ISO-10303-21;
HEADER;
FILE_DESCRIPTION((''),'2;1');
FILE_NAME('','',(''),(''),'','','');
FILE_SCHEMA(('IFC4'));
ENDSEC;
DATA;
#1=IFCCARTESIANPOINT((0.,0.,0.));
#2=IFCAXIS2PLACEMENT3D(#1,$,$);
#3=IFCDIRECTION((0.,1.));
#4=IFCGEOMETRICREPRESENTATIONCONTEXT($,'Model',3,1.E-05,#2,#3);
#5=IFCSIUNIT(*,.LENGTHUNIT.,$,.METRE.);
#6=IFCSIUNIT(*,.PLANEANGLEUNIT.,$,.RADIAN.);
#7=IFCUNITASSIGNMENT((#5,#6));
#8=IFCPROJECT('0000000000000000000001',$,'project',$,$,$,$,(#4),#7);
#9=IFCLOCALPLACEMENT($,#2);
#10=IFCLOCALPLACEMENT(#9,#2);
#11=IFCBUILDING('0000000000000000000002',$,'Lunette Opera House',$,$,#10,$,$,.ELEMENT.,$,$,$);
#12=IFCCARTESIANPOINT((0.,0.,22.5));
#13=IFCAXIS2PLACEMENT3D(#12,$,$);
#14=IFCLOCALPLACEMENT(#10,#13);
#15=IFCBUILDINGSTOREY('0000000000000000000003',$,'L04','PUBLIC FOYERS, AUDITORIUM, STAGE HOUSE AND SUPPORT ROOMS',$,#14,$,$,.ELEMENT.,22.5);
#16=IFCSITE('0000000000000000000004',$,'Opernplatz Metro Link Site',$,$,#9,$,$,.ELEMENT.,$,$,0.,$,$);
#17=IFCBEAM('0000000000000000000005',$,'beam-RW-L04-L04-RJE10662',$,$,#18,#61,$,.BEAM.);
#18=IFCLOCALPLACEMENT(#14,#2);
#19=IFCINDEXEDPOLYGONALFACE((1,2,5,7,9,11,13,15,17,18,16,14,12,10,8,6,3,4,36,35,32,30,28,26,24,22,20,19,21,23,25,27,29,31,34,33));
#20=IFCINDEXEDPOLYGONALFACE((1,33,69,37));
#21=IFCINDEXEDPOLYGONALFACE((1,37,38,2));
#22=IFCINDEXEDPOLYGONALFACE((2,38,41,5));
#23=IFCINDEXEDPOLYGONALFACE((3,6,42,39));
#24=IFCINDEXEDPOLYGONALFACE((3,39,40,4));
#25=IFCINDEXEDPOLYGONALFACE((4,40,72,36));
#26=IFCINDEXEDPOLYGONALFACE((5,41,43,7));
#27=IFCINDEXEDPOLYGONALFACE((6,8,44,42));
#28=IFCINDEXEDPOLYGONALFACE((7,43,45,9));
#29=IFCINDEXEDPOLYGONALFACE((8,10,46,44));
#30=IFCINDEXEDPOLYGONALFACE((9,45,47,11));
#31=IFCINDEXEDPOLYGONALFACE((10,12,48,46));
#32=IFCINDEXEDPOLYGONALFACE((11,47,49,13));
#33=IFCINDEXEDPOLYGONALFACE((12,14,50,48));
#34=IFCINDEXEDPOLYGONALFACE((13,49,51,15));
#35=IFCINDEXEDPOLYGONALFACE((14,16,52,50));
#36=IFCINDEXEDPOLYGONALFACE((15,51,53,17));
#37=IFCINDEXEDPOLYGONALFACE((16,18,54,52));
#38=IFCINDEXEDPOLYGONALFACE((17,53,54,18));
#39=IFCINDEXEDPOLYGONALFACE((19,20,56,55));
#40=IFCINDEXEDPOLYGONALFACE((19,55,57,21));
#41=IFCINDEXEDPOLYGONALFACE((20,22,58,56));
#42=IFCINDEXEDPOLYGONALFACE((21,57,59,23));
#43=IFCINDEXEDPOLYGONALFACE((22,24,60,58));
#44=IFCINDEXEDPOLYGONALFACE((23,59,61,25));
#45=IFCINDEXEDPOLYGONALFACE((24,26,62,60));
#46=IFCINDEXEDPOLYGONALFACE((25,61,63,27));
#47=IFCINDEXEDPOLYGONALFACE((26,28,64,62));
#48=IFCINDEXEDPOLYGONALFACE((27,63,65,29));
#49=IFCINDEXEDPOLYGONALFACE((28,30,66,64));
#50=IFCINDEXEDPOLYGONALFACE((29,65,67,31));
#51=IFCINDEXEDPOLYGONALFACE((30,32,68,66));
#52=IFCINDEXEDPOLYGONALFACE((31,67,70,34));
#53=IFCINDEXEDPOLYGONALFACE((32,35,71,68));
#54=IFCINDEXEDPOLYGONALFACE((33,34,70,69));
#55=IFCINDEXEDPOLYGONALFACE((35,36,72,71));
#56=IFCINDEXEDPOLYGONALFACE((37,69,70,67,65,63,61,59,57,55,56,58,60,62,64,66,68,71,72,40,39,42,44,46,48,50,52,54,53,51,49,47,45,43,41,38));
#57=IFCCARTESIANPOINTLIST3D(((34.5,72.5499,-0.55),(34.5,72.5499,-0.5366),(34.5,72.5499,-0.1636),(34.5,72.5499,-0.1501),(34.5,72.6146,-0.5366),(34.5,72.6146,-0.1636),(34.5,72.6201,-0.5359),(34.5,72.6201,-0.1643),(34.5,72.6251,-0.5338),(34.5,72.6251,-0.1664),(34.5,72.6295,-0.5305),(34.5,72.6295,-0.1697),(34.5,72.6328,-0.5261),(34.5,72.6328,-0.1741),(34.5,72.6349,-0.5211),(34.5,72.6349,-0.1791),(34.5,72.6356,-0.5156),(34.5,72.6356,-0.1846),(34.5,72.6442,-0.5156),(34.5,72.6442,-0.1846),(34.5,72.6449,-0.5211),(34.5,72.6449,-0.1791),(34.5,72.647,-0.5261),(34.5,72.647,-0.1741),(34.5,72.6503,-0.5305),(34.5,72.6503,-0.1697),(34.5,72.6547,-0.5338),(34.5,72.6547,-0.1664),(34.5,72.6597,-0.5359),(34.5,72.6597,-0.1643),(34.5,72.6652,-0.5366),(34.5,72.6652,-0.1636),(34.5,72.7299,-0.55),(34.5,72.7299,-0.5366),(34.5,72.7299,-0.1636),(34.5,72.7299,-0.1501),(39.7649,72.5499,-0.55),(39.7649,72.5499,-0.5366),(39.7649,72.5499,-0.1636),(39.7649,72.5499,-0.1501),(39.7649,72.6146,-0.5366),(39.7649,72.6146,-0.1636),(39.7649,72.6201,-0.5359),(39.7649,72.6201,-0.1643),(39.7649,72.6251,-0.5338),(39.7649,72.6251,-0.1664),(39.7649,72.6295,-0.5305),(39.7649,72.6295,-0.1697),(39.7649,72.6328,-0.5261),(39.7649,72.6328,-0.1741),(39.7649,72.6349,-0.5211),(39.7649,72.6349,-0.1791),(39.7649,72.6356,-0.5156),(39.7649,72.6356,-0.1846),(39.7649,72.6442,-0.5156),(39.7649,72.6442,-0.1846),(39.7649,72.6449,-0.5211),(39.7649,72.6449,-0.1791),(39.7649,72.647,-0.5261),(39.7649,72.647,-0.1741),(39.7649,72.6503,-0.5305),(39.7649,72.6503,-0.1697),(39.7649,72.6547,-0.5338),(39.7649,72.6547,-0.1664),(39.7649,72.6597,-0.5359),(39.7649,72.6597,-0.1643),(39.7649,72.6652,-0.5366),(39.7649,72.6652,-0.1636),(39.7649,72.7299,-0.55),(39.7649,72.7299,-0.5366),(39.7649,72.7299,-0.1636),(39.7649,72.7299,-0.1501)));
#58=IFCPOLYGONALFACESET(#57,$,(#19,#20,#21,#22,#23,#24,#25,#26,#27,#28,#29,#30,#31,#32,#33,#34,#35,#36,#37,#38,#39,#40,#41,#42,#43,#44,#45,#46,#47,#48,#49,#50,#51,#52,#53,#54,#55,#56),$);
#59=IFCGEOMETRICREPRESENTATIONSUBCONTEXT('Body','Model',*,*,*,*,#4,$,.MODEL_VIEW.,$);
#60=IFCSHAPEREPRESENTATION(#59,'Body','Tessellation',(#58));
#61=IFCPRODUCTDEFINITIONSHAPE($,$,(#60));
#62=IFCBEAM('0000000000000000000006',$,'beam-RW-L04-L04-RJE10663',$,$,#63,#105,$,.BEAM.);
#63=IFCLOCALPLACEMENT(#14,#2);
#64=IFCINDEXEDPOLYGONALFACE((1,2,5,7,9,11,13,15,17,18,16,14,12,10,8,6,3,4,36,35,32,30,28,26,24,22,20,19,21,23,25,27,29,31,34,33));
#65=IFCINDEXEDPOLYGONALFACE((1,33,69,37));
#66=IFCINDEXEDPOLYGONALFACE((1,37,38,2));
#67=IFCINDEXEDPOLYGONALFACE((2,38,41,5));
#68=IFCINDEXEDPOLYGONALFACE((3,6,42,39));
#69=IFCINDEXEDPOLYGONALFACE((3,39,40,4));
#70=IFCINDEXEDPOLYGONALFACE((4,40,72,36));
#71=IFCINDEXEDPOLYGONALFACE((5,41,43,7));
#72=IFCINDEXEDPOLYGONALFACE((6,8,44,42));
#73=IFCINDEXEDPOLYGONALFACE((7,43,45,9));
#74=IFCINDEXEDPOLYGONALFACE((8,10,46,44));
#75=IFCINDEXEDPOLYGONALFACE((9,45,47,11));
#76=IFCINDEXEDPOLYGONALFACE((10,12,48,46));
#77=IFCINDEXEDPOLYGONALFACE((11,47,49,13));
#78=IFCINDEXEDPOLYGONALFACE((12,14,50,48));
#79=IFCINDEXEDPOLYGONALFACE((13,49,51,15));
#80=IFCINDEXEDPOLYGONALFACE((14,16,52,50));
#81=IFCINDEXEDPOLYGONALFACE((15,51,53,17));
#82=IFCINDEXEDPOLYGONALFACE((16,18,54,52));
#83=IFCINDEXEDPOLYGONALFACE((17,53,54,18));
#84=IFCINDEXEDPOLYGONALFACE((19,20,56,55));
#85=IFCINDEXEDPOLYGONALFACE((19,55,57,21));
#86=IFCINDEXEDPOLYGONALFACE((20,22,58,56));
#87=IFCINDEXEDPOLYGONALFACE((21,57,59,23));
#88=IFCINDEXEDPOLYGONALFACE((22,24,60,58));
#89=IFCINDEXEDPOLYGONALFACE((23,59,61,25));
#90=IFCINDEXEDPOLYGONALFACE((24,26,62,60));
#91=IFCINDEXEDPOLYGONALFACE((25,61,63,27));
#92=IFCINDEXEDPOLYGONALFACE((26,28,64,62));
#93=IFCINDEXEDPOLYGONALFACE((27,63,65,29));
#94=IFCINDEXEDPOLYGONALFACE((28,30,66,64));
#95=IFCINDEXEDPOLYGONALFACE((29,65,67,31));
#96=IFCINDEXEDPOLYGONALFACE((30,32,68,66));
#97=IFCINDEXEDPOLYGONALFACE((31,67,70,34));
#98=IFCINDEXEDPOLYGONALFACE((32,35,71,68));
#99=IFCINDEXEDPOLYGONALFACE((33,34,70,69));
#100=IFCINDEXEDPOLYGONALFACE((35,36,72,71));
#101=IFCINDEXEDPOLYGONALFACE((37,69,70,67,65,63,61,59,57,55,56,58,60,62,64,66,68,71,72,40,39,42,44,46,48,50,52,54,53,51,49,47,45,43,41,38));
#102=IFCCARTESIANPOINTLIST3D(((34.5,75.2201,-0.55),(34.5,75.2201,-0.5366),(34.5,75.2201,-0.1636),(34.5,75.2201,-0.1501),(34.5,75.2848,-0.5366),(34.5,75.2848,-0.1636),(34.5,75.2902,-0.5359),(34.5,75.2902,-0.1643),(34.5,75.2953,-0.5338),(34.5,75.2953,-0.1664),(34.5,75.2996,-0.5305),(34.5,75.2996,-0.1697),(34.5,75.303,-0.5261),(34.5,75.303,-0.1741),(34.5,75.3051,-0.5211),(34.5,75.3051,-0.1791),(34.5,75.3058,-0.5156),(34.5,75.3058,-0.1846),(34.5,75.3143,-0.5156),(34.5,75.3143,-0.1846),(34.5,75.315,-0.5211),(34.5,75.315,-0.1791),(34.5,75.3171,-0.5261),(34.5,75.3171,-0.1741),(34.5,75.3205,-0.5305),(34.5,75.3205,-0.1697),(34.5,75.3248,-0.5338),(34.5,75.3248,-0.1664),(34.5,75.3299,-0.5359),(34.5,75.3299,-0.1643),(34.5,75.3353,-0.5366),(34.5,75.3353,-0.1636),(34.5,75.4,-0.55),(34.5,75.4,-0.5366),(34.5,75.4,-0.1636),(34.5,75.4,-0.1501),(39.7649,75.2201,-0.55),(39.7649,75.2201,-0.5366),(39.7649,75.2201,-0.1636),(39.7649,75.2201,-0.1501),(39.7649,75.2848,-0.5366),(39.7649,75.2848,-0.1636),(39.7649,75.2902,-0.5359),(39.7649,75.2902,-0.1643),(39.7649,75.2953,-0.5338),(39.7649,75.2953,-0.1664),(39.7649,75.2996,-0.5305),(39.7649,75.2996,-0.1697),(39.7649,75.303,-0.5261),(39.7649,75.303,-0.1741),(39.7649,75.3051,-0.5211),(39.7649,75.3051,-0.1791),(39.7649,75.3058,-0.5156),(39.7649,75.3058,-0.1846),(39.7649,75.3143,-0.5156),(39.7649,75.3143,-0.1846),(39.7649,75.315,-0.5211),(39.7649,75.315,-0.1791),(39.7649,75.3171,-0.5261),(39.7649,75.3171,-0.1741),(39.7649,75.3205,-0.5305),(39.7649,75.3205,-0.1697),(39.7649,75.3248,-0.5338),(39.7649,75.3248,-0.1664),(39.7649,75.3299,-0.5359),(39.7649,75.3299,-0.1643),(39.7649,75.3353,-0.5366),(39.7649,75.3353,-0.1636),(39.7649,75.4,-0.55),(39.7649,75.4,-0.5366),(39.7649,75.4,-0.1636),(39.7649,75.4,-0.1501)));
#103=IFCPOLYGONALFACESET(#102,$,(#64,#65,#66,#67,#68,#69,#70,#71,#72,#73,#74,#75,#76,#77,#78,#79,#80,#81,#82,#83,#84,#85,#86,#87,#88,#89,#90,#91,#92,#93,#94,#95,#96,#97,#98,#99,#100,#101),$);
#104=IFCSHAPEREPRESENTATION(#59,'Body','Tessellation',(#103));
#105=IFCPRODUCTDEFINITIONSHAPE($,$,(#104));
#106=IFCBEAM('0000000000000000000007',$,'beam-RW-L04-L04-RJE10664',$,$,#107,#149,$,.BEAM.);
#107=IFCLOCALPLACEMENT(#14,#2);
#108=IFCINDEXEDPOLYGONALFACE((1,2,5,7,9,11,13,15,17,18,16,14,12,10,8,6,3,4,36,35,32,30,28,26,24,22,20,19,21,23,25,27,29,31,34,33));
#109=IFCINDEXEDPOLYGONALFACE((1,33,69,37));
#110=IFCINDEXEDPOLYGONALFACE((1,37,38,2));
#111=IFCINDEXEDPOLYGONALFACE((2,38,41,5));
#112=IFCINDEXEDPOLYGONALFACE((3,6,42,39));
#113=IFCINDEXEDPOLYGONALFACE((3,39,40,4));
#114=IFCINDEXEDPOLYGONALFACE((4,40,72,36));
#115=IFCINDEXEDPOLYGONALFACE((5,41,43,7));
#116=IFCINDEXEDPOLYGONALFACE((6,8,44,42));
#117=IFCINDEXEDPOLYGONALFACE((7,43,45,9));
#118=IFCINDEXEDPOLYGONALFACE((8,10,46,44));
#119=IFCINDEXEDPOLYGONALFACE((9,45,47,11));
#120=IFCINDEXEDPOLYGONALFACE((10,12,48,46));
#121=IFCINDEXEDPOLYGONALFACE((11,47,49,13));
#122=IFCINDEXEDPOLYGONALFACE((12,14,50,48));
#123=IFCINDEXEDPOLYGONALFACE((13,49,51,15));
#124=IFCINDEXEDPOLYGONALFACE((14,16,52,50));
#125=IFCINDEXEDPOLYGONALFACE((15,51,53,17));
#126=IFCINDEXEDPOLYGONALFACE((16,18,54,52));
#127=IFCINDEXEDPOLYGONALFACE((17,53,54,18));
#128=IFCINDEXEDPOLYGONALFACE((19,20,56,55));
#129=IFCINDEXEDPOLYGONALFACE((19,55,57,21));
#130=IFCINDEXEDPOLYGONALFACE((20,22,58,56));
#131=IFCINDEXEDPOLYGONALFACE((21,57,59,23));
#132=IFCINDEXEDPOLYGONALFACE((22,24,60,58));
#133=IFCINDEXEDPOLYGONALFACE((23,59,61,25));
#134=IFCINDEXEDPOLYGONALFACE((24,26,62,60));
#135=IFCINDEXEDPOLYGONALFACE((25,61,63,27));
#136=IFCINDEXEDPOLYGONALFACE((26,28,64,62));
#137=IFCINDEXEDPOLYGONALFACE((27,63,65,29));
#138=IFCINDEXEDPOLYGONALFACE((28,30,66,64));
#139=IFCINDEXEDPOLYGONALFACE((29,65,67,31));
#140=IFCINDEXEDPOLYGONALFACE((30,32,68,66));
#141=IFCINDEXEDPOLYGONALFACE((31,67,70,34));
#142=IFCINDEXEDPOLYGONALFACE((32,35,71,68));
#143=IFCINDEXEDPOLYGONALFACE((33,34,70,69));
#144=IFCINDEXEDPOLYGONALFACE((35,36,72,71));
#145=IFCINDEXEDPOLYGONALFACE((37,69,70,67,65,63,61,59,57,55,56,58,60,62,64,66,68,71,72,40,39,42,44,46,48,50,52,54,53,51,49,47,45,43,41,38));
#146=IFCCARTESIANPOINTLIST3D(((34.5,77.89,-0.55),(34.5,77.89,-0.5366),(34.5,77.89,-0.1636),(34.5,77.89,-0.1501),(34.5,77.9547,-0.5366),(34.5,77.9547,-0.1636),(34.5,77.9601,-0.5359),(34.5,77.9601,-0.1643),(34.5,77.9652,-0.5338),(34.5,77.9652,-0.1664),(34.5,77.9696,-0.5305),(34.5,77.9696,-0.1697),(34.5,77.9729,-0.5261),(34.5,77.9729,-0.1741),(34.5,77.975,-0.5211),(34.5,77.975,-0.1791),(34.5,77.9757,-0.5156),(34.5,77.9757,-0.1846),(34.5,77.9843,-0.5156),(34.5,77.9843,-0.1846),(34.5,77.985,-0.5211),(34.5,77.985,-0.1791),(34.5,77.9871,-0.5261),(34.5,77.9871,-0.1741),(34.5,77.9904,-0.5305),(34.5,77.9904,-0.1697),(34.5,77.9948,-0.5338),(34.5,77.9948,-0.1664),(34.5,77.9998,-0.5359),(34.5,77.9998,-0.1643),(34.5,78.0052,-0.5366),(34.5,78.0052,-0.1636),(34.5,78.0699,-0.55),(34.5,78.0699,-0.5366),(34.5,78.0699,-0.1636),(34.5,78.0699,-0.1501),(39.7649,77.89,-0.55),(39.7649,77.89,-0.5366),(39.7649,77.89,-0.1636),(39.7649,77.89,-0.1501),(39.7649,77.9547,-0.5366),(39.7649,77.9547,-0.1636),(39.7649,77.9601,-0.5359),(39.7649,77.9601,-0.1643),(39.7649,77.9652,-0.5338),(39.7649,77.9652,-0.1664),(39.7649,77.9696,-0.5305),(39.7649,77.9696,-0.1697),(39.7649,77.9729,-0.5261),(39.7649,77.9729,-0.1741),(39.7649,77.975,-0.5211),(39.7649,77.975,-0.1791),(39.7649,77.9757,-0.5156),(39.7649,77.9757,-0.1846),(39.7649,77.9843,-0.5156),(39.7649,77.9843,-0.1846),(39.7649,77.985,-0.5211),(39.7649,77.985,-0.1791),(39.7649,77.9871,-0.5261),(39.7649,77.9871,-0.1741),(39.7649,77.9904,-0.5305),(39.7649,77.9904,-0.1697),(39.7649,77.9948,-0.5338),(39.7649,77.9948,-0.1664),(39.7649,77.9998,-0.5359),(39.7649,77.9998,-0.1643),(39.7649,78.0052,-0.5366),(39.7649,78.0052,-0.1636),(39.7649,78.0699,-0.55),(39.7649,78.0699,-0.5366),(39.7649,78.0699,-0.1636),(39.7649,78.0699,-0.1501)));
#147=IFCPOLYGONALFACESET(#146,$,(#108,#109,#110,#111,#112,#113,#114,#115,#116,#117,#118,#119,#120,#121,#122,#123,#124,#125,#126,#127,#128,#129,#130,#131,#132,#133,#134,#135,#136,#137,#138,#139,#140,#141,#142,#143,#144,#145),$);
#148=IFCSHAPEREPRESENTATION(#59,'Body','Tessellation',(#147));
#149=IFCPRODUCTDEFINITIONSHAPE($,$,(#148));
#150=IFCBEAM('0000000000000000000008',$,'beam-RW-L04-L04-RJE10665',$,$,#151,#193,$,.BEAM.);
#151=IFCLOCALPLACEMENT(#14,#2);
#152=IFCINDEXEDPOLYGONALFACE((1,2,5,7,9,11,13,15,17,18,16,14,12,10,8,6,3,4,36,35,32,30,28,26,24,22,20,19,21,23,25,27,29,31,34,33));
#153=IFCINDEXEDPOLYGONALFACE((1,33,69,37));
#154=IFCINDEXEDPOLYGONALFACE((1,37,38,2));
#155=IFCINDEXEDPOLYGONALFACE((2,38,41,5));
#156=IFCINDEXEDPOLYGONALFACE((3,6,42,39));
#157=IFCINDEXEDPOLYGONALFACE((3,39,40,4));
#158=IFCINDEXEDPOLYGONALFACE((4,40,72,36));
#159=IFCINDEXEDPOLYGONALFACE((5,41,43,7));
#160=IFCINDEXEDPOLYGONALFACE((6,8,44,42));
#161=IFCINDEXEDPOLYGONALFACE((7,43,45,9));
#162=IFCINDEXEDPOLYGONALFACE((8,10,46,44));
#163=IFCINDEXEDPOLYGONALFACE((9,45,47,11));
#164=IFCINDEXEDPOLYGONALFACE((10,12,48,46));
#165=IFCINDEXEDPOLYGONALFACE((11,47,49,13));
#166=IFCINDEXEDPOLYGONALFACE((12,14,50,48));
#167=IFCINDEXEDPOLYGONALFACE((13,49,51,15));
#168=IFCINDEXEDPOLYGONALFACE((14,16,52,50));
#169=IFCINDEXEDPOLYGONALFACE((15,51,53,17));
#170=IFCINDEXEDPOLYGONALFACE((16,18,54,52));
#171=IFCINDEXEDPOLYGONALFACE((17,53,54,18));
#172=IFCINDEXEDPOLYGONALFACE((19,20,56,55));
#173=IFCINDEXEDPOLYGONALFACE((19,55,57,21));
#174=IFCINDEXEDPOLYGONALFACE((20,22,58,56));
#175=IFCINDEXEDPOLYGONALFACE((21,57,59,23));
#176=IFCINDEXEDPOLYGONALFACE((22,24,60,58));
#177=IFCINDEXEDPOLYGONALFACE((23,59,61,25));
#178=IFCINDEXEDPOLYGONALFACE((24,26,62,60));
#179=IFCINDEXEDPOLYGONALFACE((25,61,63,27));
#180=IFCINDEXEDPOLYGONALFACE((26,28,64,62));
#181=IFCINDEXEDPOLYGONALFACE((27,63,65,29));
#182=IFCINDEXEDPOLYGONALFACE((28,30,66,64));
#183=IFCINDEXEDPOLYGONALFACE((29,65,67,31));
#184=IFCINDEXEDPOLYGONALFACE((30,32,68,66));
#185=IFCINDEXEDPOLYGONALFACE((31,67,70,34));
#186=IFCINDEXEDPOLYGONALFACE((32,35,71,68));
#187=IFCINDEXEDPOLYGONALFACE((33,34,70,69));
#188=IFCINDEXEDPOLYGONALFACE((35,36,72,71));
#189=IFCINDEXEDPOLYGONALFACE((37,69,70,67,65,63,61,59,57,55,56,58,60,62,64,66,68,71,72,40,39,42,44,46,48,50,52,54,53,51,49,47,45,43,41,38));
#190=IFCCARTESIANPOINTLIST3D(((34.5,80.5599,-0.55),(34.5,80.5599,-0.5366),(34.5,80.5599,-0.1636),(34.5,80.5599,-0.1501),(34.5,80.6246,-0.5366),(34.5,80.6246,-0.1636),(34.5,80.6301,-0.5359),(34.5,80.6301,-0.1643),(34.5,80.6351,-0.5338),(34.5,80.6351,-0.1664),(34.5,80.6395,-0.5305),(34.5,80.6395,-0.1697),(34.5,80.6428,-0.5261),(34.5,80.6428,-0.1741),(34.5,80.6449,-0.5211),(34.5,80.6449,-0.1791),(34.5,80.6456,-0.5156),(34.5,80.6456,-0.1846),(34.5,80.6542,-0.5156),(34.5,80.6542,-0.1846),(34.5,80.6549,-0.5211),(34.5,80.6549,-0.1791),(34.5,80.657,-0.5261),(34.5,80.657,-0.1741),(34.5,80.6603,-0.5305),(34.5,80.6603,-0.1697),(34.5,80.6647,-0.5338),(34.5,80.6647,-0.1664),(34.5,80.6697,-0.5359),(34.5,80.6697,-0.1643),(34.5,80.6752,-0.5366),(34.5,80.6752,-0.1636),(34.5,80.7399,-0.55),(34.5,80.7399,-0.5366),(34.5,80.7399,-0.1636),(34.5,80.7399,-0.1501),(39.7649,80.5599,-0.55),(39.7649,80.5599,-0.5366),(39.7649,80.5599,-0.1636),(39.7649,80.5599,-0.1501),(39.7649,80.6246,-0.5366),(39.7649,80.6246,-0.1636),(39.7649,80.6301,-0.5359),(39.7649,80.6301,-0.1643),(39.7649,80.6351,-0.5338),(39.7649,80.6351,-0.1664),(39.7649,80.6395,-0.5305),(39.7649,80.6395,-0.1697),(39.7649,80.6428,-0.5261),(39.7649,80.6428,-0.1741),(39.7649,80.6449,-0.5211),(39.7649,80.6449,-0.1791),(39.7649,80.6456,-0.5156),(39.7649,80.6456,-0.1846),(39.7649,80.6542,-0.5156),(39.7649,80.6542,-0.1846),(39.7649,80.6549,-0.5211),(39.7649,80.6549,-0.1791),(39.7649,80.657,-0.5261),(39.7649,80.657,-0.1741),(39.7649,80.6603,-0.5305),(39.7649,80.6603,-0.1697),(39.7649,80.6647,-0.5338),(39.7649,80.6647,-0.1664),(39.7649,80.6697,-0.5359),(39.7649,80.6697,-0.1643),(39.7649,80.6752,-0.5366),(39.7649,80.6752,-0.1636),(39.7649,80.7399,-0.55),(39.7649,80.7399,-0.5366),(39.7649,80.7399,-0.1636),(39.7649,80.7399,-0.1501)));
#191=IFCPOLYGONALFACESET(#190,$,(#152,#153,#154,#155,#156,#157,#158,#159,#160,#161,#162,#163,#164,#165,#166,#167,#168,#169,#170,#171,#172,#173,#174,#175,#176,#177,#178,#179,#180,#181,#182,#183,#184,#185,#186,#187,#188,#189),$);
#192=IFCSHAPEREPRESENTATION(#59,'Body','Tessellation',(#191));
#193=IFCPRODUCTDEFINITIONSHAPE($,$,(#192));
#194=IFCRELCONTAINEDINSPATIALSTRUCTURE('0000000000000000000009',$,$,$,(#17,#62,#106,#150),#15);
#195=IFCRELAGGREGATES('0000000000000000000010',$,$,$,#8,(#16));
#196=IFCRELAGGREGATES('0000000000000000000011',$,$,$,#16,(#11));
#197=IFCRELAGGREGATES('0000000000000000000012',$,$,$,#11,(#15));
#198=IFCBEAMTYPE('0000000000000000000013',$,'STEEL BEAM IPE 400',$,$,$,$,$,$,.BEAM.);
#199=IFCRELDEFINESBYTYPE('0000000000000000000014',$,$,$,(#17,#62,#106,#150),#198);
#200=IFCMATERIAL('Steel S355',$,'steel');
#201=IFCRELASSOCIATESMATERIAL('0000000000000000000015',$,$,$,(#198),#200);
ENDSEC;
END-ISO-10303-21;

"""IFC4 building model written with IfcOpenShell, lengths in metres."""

from ifc_helpers import new_model, si_unit, direction, frame, origin, origin_2d, place, context, subcontext, project, spatial, i_section, extrude, material, material_profile, profile_set, type_object, element, save


model = new_model("IFC4")

# Units and contexts
model_context = context("Model", 3, precision=1e-05, world=origin(), true_north=direction((0.0, 1.0)))
body_context = subcontext(model_context, "Body", "Model", "MODEL_VIEW")
ifc_project = project(units=[si_unit("LENGTHUNIT", "METRE"), si_unit("PLANEANGLEUNIT", "RADIAN")], contexts=[model_context])

# Site, building, storey
site_placement = place(None, origin())
site = spatial("IfcSite", under=ifc_project, at=site_placement, Name="Opernplatz Metro Link Site", CompositionType="ELEMENT", RefElevation=0.0)
building_placement = place(site_placement, origin())
building = spatial("IfcBuilding", under=site, at=building_placement, Name="Lunette Opera House", CompositionType="ELEMENT")
storey_placement = place(building_placement, frame((0.0, 0.0, 22.5)))
storey = spatial("IfcBuildingStorey", under=building, at=storey_placement, Name="L04", Description="PUBLIC FOYERS, AUDITORIUM, STAGE HOUSE AND SUPPORT ROOMS", CompositionType="ELEMENT", Elevation=22.5)

# Beams
ifc_material_1 = material(Name="Steel S355", Category="steel")
ifc_material_profile_1 = material_profile(ifc_material_1, i_section(OverallWidth=0.1799, OverallDepth=0.3999, WebThickness=0.0085, FlangeThickness=0.0134, FilletRadius=0.021, at=origin_2d()), Name="IPE 400")
ifc_profile_set_1 = profile_set([ifc_material_profile_1], Name="Steel S355")
beam_type_1 = type_object("IfcBeamType", Name="STEEL BEAM IPE 400", PredefinedType="BEAM", material=ifc_profile_set_1)
for number, where, z_axis, x_axis, name in (
    (1, (34.5, 72.6399, -0.3501), (1.0, 0.0, 0.0), (0.0, 1.0, 0.0), "beam-RW-L04-L04-RJE10662"),
    (2, (34.5, 75.3101, -0.3501), (1.0, 0.0, 0.0), (0.0, 1.0, 0.0), "beam-RW-L04-L04-RJE10663"),
    (3, (34.5, 77.98, -0.3501), (1.0, 0.0, 0.0), (0.0, 1.0, 0.0), "beam-RW-L04-L04-RJE10664"),
    (4, (34.5, 80.6499, -0.3501), (1.0, 0.0, 0.0), (0.0, 1.0, 0.0), "beam-RW-L04-L04-RJE10665"),
):
    element("IfcBeam", number, at=place(storey_placement, frame(where, z_axis=z_axis, x_axis=x_axis)), inside=storey, type_object=beam_type_1, Name=name, PredefinedType="BEAM", context=body_context, shape_type="SweptSolid", body=[
        extrude(i_section(OverallWidth=0.1799, OverallDepth=0.3999, WebThickness=0.0085, FlangeThickness=0.0134, FilletRadius=0.021, at=origin_2d()), origin(), (0.0, 0.0, 1.0), 5.2649),
    ])

save(model, "model.ifc")
